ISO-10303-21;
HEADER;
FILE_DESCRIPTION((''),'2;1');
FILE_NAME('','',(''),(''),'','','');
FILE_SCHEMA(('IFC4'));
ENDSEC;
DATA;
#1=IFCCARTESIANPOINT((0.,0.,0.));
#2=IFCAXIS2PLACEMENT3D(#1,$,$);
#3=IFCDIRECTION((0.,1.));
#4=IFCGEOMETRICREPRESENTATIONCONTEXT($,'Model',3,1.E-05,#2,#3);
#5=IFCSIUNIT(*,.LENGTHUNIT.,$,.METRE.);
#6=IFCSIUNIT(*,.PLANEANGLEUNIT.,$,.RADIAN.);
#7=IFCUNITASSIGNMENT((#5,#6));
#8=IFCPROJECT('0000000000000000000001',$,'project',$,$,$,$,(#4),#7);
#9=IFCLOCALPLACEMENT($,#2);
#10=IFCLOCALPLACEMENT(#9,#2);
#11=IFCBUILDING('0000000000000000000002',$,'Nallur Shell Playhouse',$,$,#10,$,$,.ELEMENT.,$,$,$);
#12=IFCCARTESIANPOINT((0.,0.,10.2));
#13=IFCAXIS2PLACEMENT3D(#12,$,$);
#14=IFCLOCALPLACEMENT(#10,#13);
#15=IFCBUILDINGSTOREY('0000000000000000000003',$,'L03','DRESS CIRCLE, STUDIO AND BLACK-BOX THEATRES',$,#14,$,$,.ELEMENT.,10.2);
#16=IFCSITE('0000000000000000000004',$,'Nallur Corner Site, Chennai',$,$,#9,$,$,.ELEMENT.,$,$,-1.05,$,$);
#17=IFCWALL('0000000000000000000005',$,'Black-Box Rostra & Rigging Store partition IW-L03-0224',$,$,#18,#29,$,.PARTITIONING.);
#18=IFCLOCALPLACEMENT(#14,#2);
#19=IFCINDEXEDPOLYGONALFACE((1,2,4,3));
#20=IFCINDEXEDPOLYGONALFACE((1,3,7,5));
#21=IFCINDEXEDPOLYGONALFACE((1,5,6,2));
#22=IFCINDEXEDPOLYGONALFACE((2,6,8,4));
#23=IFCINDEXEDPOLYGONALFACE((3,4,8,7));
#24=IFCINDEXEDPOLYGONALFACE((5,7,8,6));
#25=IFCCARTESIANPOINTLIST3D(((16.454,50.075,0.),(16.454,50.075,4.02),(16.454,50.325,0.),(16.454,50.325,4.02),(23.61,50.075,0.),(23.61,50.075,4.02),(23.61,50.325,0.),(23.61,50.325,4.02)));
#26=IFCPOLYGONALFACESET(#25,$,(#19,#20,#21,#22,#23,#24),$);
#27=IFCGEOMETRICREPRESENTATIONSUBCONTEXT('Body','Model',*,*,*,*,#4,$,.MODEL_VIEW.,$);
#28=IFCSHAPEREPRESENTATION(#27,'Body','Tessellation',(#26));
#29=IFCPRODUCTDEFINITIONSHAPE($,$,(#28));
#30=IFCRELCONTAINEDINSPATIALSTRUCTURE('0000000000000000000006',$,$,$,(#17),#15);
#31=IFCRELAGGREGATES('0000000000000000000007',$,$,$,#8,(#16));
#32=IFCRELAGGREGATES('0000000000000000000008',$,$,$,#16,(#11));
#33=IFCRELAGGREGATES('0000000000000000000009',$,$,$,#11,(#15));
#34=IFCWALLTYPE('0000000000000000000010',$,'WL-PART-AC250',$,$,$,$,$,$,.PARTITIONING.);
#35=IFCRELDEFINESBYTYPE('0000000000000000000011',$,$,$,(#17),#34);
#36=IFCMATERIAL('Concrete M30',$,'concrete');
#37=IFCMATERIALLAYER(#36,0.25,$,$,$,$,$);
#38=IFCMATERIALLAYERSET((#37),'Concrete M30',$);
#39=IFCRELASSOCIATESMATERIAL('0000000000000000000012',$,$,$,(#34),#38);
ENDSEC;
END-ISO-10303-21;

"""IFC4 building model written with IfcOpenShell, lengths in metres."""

from ifc_helpers import new_model, si_unit, direction, frame, frame_2d, origin, place, context, subcontext, project, spatial, rectangle, extrude, material, layer, layer_set, type_object, element, save


model = new_model("IFC4")

# Units and contexts
model_context = context("Model", 3, precision=1e-05, world=origin(), true_north=direction((0.0, 1.0)))
body_context = subcontext(model_context, "Body", "Model", "MODEL_VIEW")
ifc_project = project(units=[si_unit("LENGTHUNIT", "METRE"), si_unit("PLANEANGLEUNIT", "RADIAN")], contexts=[model_context])

# Site, building, storey
site_placement = place(None, origin())
site = spatial("IfcSite", under=ifc_project, at=site_placement, Name="Nallur Corner Site, Chennai", CompositionType="ELEMENT", RefElevation=-1.05)
building_placement = place(site_placement, origin())
building = spatial("IfcBuilding", under=site, at=building_placement, Name="Nallur Shell Playhouse", CompositionType="ELEMENT")
storey_placement = place(building_placement, frame((0.0, 0.0, 10.2)))
storey = spatial("IfcBuildingStorey", under=building, at=storey_placement, Name="L03", Description="DRESS CIRCLE, STUDIO AND BLACK-BOX THEATRES", CompositionType="ELEMENT", Elevation=10.2)

# Wall
ifc_material_1 = material(Name="Concrete M30", Category="concrete")
ifc_layer_1 = layer(ifc_material_1, 0.25)
ifc_layer_set_1 = layer_set([ifc_layer_1], Name="Concrete M30")
wall_type_1 = type_object("IfcWallType", Name="WL-PART-AC250", PredefinedType="PARTITIONING", material=ifc_layer_set_1)
wall_1_placement = place(storey_placement, frame((23.6101, 50.2, 0.0), z_axis=(0.0, 0.0, 1.0), x_axis=(-1.0, 0.0, 0.0)))
element("IfcWall", 1, at=wall_1_placement, inside=storey, type_object=wall_type_1, Name="Black-Box Rostra & Rigging Store partition IW-L03-0224", PredefinedType="PARTITIONING", context=body_context, shape_type="SweptSolid", body=[
    extrude(rectangle(XDim=7.156, YDim=0.25, at=frame_2d((3.5781, 0.0))), origin(), (0.0, 0.0, 1.0), 4.02),
])

save(model, "model.ifc")
